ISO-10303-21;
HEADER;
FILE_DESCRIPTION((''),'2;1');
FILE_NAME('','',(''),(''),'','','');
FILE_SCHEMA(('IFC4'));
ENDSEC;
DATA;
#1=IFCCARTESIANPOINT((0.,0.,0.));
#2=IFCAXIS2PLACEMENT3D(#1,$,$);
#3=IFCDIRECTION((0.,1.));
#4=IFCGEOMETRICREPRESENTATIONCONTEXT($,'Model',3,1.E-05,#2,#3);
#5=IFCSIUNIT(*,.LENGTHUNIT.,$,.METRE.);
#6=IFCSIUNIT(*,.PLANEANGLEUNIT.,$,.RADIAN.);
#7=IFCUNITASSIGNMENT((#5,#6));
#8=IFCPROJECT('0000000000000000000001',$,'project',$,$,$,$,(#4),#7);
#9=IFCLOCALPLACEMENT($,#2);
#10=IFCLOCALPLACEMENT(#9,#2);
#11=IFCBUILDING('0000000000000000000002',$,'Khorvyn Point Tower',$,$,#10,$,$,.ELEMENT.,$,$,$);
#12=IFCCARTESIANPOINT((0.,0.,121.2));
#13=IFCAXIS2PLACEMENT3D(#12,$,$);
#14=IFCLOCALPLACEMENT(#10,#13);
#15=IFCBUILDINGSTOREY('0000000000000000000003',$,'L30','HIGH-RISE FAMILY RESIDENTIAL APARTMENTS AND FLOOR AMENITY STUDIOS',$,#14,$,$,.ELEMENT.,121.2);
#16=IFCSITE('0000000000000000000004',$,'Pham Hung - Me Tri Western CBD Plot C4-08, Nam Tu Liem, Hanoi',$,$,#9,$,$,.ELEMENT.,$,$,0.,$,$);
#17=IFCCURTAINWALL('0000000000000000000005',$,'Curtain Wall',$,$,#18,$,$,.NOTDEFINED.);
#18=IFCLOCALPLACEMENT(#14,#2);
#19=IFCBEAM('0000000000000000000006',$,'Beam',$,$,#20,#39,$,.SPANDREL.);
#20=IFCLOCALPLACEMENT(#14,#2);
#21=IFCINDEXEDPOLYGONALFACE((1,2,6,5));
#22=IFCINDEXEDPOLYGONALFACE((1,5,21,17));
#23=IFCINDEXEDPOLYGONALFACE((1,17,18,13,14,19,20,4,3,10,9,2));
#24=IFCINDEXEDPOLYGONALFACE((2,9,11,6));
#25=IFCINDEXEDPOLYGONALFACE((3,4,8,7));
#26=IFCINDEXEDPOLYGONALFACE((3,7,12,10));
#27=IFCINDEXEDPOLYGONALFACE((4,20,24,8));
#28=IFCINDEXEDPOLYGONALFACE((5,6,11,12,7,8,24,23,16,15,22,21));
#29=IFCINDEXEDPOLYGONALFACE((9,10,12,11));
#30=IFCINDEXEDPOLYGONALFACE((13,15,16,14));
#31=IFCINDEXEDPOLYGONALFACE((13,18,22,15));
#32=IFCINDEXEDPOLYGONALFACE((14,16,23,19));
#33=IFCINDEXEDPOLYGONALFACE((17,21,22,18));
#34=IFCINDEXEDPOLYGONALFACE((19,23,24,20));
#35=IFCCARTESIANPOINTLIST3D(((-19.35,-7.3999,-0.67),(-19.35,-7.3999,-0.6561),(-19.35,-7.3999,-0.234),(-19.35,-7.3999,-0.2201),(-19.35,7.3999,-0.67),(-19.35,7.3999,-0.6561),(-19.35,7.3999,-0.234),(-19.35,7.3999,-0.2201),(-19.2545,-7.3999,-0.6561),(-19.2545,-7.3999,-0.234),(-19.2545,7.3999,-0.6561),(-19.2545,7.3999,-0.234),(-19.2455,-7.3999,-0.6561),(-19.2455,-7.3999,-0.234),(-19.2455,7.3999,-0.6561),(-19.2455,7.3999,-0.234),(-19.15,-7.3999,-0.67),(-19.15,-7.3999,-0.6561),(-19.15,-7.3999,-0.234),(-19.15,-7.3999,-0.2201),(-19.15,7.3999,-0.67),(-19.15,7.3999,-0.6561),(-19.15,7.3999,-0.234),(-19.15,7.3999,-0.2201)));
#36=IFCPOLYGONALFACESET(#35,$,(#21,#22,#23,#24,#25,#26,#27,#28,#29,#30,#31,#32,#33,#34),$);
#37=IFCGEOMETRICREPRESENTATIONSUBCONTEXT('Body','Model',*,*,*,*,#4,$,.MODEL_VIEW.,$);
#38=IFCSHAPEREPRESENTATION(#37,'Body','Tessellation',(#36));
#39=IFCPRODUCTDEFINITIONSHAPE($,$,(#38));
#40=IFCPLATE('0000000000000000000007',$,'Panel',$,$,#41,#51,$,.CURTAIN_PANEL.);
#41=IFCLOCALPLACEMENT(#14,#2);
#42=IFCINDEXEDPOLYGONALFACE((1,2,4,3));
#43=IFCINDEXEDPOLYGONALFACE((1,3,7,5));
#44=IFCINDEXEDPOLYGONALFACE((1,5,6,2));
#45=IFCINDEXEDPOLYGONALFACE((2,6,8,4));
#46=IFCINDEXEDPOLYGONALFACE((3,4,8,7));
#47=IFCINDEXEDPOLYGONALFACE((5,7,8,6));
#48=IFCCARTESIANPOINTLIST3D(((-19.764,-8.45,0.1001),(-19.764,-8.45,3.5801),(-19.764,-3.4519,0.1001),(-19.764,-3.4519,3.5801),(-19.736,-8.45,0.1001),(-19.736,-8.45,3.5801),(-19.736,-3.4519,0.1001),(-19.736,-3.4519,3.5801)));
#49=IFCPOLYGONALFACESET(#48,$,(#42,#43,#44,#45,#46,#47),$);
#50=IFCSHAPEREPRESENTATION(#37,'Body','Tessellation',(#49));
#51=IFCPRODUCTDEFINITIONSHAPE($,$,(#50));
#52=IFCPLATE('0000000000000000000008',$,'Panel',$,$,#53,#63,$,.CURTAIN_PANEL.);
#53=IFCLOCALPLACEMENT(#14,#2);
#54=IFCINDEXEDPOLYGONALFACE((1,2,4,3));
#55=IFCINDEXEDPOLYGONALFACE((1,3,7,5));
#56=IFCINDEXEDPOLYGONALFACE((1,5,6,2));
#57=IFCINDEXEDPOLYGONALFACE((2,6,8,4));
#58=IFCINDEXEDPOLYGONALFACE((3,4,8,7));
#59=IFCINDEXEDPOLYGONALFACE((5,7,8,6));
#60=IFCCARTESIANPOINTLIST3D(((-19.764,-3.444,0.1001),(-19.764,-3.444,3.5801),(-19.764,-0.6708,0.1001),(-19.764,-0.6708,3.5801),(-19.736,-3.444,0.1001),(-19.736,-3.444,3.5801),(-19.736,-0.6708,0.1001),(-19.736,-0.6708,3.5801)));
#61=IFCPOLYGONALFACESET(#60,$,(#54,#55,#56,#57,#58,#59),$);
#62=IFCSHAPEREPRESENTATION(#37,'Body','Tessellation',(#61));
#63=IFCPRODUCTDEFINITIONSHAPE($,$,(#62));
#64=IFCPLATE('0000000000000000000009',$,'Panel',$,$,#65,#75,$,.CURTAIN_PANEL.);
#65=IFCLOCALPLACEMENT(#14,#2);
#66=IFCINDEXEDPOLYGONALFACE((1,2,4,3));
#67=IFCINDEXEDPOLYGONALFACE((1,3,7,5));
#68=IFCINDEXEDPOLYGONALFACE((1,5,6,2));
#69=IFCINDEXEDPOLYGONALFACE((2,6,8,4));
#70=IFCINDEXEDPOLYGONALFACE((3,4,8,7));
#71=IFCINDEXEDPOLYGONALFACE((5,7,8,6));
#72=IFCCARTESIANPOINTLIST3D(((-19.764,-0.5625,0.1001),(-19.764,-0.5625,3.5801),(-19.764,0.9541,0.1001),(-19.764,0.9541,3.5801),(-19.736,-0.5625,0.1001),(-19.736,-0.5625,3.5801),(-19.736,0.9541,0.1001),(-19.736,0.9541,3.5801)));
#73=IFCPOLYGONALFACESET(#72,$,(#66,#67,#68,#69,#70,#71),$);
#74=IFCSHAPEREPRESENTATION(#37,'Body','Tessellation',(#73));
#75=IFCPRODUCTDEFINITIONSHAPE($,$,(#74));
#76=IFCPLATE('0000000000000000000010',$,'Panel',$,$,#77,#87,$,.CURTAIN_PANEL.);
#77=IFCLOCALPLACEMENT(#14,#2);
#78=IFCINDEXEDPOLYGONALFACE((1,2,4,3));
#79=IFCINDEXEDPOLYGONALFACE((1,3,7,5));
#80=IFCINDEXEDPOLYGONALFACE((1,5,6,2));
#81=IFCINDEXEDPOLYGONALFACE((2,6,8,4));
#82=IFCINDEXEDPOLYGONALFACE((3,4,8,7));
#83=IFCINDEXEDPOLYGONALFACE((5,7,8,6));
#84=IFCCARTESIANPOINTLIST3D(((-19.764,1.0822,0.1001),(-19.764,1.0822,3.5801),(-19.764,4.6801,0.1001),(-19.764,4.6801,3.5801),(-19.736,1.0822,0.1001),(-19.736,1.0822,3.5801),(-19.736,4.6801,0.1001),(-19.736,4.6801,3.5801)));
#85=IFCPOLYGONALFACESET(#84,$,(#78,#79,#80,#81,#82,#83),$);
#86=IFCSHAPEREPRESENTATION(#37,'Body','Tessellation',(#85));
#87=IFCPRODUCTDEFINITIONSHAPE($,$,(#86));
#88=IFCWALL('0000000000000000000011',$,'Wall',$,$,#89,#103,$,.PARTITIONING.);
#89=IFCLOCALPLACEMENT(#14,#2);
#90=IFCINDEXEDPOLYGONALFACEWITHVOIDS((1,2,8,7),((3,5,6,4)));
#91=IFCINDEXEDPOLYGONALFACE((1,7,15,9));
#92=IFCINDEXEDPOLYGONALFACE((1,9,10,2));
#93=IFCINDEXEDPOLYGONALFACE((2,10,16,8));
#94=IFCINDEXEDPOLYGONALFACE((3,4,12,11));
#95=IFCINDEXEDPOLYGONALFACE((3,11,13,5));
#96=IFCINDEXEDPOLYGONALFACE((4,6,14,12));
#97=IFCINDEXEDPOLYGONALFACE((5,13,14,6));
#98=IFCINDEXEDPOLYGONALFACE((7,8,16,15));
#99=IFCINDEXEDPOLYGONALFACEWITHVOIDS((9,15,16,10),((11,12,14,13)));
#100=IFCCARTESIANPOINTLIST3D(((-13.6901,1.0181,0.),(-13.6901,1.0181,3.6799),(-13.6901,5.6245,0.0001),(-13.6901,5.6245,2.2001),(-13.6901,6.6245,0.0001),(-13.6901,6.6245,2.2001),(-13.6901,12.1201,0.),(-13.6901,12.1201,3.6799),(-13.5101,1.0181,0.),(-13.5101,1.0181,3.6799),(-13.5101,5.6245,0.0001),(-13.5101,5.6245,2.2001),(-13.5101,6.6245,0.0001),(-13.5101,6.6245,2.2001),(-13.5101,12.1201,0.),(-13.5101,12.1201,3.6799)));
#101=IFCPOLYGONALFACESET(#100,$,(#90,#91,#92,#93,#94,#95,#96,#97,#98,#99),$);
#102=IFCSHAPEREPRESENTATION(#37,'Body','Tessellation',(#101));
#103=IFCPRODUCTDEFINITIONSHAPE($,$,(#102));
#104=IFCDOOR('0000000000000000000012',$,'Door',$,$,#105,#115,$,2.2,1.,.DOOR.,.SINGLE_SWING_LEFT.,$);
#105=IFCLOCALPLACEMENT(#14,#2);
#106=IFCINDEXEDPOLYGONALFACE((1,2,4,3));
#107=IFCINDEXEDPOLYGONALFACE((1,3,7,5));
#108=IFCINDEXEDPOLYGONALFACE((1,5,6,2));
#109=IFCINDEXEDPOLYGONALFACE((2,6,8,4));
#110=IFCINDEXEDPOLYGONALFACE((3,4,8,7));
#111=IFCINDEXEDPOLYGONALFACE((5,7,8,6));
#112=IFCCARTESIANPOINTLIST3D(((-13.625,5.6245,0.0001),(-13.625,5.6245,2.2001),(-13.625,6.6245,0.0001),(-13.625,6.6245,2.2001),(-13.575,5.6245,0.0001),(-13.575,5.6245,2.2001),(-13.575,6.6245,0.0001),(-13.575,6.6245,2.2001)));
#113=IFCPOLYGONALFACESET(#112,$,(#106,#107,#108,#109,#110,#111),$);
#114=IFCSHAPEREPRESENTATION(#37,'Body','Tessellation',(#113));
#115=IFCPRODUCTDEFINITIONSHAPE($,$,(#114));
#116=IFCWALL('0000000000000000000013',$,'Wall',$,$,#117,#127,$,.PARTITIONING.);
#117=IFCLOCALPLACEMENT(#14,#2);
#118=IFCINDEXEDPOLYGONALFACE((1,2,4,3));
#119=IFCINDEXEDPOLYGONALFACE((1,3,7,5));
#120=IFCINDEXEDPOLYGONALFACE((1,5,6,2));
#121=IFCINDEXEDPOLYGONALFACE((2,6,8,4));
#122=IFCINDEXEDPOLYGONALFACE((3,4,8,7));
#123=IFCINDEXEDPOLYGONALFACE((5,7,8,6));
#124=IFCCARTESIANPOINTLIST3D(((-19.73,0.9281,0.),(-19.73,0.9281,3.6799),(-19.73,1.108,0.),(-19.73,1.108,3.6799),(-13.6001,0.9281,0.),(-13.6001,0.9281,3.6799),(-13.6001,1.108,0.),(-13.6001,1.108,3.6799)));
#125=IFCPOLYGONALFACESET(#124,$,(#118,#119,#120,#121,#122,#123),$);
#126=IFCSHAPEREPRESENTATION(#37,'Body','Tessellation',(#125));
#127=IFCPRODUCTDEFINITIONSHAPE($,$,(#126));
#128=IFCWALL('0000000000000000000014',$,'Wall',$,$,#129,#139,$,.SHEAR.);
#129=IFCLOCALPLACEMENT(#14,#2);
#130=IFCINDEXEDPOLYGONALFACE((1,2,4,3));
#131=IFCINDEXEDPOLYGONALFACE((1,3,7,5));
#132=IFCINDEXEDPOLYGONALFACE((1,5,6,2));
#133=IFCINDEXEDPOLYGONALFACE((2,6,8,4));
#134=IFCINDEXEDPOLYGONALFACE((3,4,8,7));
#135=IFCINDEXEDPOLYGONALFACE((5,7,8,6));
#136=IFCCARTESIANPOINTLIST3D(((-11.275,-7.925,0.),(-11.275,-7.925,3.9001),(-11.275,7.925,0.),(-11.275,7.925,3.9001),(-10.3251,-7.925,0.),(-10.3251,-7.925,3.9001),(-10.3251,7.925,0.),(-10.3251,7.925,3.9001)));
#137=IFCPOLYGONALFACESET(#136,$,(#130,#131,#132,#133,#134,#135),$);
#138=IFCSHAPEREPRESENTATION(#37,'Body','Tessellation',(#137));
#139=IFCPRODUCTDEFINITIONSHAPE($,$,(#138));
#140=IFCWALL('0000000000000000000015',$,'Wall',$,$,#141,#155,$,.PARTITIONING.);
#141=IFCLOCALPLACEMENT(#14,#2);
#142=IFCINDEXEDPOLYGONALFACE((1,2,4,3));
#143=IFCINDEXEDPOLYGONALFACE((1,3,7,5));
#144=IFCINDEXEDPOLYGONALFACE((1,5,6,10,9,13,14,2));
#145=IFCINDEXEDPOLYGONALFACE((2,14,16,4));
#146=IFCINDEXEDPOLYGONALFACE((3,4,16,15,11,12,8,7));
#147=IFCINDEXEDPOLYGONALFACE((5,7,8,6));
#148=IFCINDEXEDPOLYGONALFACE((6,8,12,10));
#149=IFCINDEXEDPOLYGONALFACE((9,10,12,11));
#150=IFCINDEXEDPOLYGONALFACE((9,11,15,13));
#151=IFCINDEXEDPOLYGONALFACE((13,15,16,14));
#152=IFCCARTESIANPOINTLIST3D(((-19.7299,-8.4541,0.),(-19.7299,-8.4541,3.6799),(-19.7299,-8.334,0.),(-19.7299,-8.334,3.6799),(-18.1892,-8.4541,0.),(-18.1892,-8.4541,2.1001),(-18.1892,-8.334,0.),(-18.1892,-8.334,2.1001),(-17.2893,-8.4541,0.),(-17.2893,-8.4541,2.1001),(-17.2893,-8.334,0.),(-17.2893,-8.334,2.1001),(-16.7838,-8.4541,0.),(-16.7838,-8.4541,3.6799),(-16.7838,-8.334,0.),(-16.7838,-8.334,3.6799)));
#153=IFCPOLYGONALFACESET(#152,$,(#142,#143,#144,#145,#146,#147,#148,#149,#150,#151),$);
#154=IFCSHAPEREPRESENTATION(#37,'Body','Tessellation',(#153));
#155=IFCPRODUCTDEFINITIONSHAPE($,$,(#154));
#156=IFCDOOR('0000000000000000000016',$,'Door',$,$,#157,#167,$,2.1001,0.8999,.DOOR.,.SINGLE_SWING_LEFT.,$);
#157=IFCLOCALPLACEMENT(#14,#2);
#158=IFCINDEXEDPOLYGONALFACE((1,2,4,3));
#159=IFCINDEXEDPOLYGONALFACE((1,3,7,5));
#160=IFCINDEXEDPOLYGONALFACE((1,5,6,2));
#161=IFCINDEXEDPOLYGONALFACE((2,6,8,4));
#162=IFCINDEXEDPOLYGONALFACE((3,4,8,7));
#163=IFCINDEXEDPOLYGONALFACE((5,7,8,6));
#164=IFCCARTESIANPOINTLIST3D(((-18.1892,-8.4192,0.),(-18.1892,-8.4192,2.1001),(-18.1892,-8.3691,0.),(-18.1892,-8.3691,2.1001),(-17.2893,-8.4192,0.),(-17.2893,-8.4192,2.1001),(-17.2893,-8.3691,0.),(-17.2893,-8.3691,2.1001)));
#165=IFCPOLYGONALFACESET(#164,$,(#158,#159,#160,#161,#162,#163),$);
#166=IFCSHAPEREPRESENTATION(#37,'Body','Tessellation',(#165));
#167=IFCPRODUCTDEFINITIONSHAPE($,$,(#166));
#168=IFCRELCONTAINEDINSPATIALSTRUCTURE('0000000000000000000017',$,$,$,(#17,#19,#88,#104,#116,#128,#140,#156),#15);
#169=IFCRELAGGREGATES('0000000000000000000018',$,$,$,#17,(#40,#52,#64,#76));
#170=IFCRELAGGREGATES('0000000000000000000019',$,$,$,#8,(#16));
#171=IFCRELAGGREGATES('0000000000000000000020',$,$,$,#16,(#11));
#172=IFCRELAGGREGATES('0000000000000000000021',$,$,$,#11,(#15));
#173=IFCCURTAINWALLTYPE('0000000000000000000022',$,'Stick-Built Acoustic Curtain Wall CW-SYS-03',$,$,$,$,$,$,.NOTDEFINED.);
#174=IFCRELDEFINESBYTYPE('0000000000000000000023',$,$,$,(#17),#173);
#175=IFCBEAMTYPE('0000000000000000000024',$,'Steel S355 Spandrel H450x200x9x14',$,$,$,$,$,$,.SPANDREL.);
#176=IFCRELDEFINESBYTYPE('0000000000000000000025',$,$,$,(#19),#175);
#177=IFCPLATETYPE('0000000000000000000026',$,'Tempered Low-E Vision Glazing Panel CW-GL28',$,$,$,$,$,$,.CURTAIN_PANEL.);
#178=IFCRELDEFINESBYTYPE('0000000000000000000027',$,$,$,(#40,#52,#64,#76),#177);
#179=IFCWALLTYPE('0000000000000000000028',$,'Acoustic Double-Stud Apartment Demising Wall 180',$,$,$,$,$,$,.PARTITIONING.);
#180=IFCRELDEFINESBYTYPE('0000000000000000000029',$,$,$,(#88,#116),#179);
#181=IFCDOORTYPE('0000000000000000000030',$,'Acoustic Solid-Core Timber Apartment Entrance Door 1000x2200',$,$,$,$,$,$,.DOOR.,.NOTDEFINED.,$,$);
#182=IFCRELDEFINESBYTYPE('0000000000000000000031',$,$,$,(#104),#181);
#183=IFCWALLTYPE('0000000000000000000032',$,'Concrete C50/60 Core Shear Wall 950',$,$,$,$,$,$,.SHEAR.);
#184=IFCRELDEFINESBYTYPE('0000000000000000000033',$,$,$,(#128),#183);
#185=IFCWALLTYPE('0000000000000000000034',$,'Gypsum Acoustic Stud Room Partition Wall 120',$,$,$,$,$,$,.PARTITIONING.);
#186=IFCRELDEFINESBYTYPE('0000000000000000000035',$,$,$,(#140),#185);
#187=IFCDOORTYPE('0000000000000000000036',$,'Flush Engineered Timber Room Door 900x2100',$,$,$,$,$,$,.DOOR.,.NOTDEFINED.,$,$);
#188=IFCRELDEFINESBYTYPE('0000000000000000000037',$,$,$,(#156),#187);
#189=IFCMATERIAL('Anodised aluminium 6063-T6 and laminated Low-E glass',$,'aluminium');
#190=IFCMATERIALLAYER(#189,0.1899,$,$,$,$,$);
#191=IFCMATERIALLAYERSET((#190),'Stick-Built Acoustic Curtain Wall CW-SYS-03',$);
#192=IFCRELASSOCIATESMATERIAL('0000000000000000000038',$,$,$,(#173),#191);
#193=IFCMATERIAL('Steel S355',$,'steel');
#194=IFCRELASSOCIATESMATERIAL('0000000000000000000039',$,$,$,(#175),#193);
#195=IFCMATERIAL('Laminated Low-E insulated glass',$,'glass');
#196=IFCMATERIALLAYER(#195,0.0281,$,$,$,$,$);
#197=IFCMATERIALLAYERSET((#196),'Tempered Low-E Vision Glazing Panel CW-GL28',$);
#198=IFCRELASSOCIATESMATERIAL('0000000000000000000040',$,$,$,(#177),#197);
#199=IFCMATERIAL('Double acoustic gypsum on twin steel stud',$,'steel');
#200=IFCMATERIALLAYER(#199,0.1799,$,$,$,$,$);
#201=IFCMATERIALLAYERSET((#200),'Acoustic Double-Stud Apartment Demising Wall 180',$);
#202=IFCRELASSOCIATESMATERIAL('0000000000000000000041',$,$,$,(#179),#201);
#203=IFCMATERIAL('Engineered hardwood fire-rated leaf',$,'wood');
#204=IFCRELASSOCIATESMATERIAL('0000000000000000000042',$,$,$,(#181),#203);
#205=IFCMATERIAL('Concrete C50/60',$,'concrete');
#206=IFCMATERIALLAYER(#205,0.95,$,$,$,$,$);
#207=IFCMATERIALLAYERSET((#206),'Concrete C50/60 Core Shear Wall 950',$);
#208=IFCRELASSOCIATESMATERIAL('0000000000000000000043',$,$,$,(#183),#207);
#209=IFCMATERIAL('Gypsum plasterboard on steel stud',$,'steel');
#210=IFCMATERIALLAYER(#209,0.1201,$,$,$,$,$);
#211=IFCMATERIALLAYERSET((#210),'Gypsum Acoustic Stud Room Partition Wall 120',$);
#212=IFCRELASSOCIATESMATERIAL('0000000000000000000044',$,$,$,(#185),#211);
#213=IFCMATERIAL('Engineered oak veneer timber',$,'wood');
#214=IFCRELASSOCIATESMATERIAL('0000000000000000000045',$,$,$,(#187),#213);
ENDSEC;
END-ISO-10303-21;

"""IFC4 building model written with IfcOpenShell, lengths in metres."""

from ifc_helpers import new_model, si_unit, direction, frame, frame_2d, origin, origin_2d, place, context, subcontext, project, spatial, rectangle, i_section, extrude, material, layer, layer_set, material_profile, profile_set, type_object, element, fill, aggregate, save


model = new_model("IFC4")

# Units and contexts
model_context = context("Model", 3, precision=1e-05, world=origin(), true_north=direction((0.0, 1.0)))
body_context = subcontext(model_context, "Body", "Model", "MODEL_VIEW")
ifc_project = project(units=[si_unit("LENGTHUNIT", "METRE"), si_unit("PLANEANGLEUNIT", "RADIAN")], contexts=[model_context])

# Site, building, storey
site_placement = place(None, origin())
site = spatial("IfcSite", under=ifc_project, at=site_placement, Name="Pham Hung - Me Tri Western CBD Plot C4-08, Nam Tu Liem, Hanoi", CompositionType="ELEMENT", RefElevation=0.0)
building_placement = place(site_placement, origin())
building = spatial("IfcBuilding", under=site, at=building_placement, Name="Khorvyn Point Tower", CompositionType="ELEMENT")
storey_placement = place(building_placement, frame((0.0, 0.0, 121.2)))
storey = spatial("IfcBuildingStorey", under=building, at=storey_placement, Name="L30", Description="HIGH-RISE FAMILY RESIDENTIAL APARTMENTS AND FLOOR AMENITY STUDIOS", CompositionType="ELEMENT", Elevation=121.2)

# Shared definitions
ifc_material_1 = material(Name="Concrete C50/60", Category="concrete")

# Curtain wall
ifc_material_2 = material(Name="Anodised aluminium 6063-T6 and laminated Low-E glass", Category="aluminium")
ifc_layer_1 = layer(ifc_material_2, 0.1899)
ifc_layer_set_1 = layer_set([ifc_layer_1], Name="Stick-Built Acoustic Curtain Wall CW-SYS-03")
curtain_wall_type = type_object("IfcCurtainWallType", Name="Stick-Built Acoustic Curtain Wall CW-SYS-03", PredefinedType="NOTDEFINED", material=ifc_layer_set_1)
curtain_wall_placement = place(storey_placement, origin())
curtain_wall = element("IfcCurtainWall", 1, at=curtain_wall_placement, inside=storey, type_object=curtain_wall_type, Name="Curtain Wall", PredefinedType="NOTDEFINED")

# Beam
ifc_material_3 = material(Name="Steel S355", Category="steel")
ifc_material_profile_1 = material_profile(ifc_material_3, i_section(OverallWidth=0.2, OverallDepth=0.45, WebThickness=0.009, FlangeThickness=0.0139, at=origin_2d()))
ifc_profile_set_1 = profile_set([ifc_material_profile_1], Name="Steel S355 H450x200x9x14")
beam_type_1 = type_object("IfcBeamType", Name="Steel S355 Spandrel H450x200x9x14", PredefinedType="SPANDREL", material=ifc_profile_set_1)
beam_1_placement = place(storey_placement, frame((-19.25, -7.3999, -0.4451), z_axis=(0.0, 1.0, 0.0), x_axis=(-1.0, 0.0, 0.0)))
element("IfcBeam", 2, at=beam_1_placement, inside=storey, type_object=beam_type_1, Name="Beam", PredefinedType="SPANDREL", context=body_context, shape_type="SweptSolid", body=[
    extrude(i_section(OverallWidth=0.2, OverallDepth=0.45, WebThickness=0.009, FlangeThickness=0.0139, at=origin_2d()), origin(), (0.0, 0.0, 1.0), 14.7998),
])

# Plates
ifc_material_4 = material(Name="Laminated Low-E insulated glass", Category="glass")
ifc_layer_2 = layer(ifc_material_4, 0.0281)
ifc_layer_set_2 = layer_set([ifc_layer_2], Name="Tempered Low-E Vision Glazing Panel CW-GL28")
plate_type = type_object("IfcPlateType", Name="Tempered Low-E Vision Glazing Panel CW-GL28", PredefinedType="CURTAIN_PANEL", material=ifc_layer_set_2)
plate_1_placement = place(storey_placement, frame((-19.75, -5.9509, 0.1001), z_axis=(0.0, 0.0, 1.0), x_axis=(0.0, 1.0, 0.0)))
plate_1 = element("IfcPlate", 3, at=plate_1_placement, type_object=plate_type, Name="Panel", PredefinedType="CURTAIN_PANEL", context=body_context, shape_type="SweptSolid", body=[
    extrude(rectangle(XDim=4.998, YDim=0.0281, at=origin_2d()), origin(), (0.0, 0.0, 1.0), 3.48),
])
plate_2_placement = place(storey_placement, frame((-19.75, -2.0574, 0.1001), z_axis=(0.0, 0.0, 1.0), x_axis=(0.0, 1.0, 0.0)))
plate_2 = element("IfcPlate", 4, at=plate_2_placement, type_object=plate_type, Name="Panel", PredefinedType="CURTAIN_PANEL", context=body_context, shape_type="SweptSolid", body=[
    extrude(rectangle(XDim=2.7732, YDim=0.0281, at=origin_2d()), origin(), (0.0, 0.0, 1.0), 3.48),
])
plate_3_placement = place(storey_placement, frame((-19.75, 0.1958, 0.1001), z_axis=(0.0, 0.0, 1.0), x_axis=(0.0, 1.0, 0.0)))
plate_3 = element("IfcPlate", 5, at=plate_3_placement, type_object=plate_type, Name="Panel", PredefinedType="CURTAIN_PANEL", context=body_context, shape_type="SweptSolid", body=[
    extrude(rectangle(XDim=1.5166, YDim=0.0281, at=origin_2d()), origin(), (0.0, 0.0, 1.0), 3.48),
])
plate_4_placement = place(storey_placement, frame((-19.75, 2.8811, 0.1001), z_axis=(0.0, 0.0, 1.0), x_axis=(0.0, 1.0, 0.0)))
plate_4 = element("IfcPlate", 6, at=plate_4_placement, type_object=plate_type, Name="Panel", PredefinedType="CURTAIN_PANEL", context=body_context, shape_type="SweptSolid", body=[
    extrude(rectangle(XDim=3.5979, YDim=0.0281, at=origin_2d()), origin(), (0.0, 0.0, 1.0), 3.48),
])
aggregate(curtain_wall, [plate_1, plate_2, plate_3, plate_4])

# Wall, opening, door
ifc_material_5 = material(Name="Double acoustic gypsum on twin steel stud", Category="steel")
ifc_layer_3 = layer(ifc_material_5, 0.1799)
ifc_layer_set_3 = layer_set([ifc_layer_3], Name="Acoustic Double-Stud Apartment Demising Wall 180")
wall_type_1 = type_object("IfcWallType", Name="Acoustic Double-Stud Apartment Demising Wall 180", PredefinedType="PARTITIONING", material=ifc_layer_set_3)
wall_1_placement = place(storey_placement, frame((-13.6001, 1.0181, 0.0), z_axis=(0.0, 0.0, 1.0), x_axis=(0.0, 1.0, 0.0)))
wall_1 = element("IfcWall", 7, at=wall_1_placement, inside=storey, type_object=wall_type_1, Name="Wall", PredefinedType="PARTITIONING", context=body_context, shape_type="SweptSolid", body=[
    extrude(rectangle(XDim=11.1021, YDim=0.1799, at=frame_2d((5.551, 0.0))), origin(), (0.0, 0.0, 1.0), 3.6799),
])
opening_1_placement = place(wall_1_placement, frame((4.6064, 0.0, 0.0)))
opening_1 = element("IfcOpeningElement", 8, at=opening_1_placement, cuts=wall_1, PredefinedType="OPENING", context=body_context, shape_type="SweptSolid", body=[
    extrude(rectangle(XDim=1.0, YDim=2.2, at=frame_2d((0.5, 1.1001))), frame((0.0, 0.0999, 0.0), z_axis=(0.0, -1.0, 0.0), x_axis=(1.0, 0.0, 0.0)), (0.0, 0.0, 1.0), 0.2),
])
ifc_material_6 = material(Name="Engineered hardwood fire-rated leaf", Category="wood")
door_type_1 = type_object("IfcDoorType", Name="Acoustic Solid-Core Timber Apartment Entrance Door 1000x2200", OperationType="NOTDEFINED", PredefinedType="DOOR", material=ifc_material_6)
door_1_placement = place(opening_1_placement, origin())
door_1 = element("IfcDoor", 9, at=door_1_placement, inside=storey, type_object=door_type_1, Name="Door", OperationType="SINGLE_SWING_LEFT", OverallHeight=2.2, OverallWidth=1.0, PredefinedType="DOOR", context=body_context, shape_type="SweptSolid", body=[
    extrude(rectangle(XDim=1.0, YDim=2.2, at=frame_2d((0.5, 1.1001))), frame((0.0, 0.0249, 0.0), z_axis=(0.0, -1.0, 0.0), x_axis=(1.0, 0.0, 0.0)), (0.0, 0.0, 1.0), 0.05),
])
fill(opening_1, door_1)

# Walls
wall_2_placement = place(storey_placement, frame((-19.73, 1.0181, 0.0), z_axis=(0.0, 0.0, 1.0), x_axis=(1.0, 0.0, 0.0)))
element("IfcWall", 10, at=wall_2_placement, inside=storey, type_object=wall_type_1, Name="Wall", PredefinedType="PARTITIONING", context=body_context, shape_type="SweptSolid", body=[
    extrude(rectangle(XDim=6.1299, YDim=0.1799, at=frame_2d((3.0649, 0.0))), origin(), (0.0, 0.0, 1.0), 3.6799),
])
ifc_layer_4 = layer(ifc_material_1, 0.95)
ifc_layer_set_4 = layer_set([ifc_layer_4], Name="Concrete C50/60 Core Shear Wall 950")
wall_type_2 = type_object("IfcWallType", Name="Concrete C50/60 Core Shear Wall 950", PredefinedType="SHEAR", material=ifc_layer_set_4)
wall_3_placement = place(storey_placement, frame((-10.8, -7.925, 0.0), z_axis=(0.0, 0.0, 1.0), x_axis=(0.0, 1.0, 0.0)))
element("IfcWall", 11, at=wall_3_placement, inside=storey, type_object=wall_type_2, Name="Wall", PredefinedType="SHEAR", context=body_context, shape_type="SweptSolid", body=[
    extrude(rectangle(XDim=15.8501, YDim=0.95, at=frame_2d((7.925, 0.0))), origin(), (0.0, 0.0, 1.0), 3.9001),
])

# Wall, opening, door
ifc_material_7 = material(Name="Gypsum plasterboard on steel stud", Category="steel")
ifc_layer_5 = layer(ifc_material_7, 0.1201)
ifc_layer_set_5 = layer_set([ifc_layer_5], Name="Gypsum Acoustic Stud Room Partition Wall 120")
wall_type_3 = type_object("IfcWallType", Name="Gypsum Acoustic Stud Room Partition Wall 120", PredefinedType="PARTITIONING", material=ifc_layer_set_5)
wall_4_placement = place(storey_placement, frame((-19.73, -8.394, 0.0), z_axis=(0.0, 0.0, 1.0), x_axis=(1.0, 0.0, 0.0)))
wall_4 = element("IfcWall", 12, at=wall_4_placement, inside=storey, type_object=wall_type_3, Name="Wall", PredefinedType="PARTITIONING", context=body_context, shape_type="SweptSolid", body=[
    extrude(rectangle(XDim=2.946, YDim=0.1201, at=frame_2d((1.4731, 0.0))), origin(), (0.0, 0.0, 1.0), 3.6799),
])
opening_2_placement = place(wall_4_placement, frame((1.5408, 0.0, 0.0)))
opening_2 = element("IfcOpeningElement", 13, at=opening_2_placement, cuts=wall_4, PredefinedType="OPENING", context=body_context, shape_type="SweptSolid", body=[
    extrude(rectangle(XDim=0.8999, YDim=2.1001, at=frame_2d((0.45, 1.05))), frame((0.0, 0.0701, 0.0), z_axis=(0.0, -1.0, 0.0), x_axis=(1.0, 0.0, 0.0)), (0.0, 0.0, 1.0), 0.1401),
])
ifc_material_8 = material(Name="Engineered oak veneer timber", Category="wood")
door_type_2 = type_object("IfcDoorType", Name="Flush Engineered Timber Room Door 900x2100", OperationType="NOTDEFINED", PredefinedType="DOOR", material=ifc_material_8)
door_2_placement = place(opening_2_placement, origin())
door_2 = element("IfcDoor", 14, at=door_2_placement, inside=storey, type_object=door_type_2, Name="Door", OperationType="SINGLE_SWING_LEFT", OverallHeight=2.1001, OverallWidth=0.8999, PredefinedType="DOOR", context=body_context, shape_type="SweptSolid", body=[
    extrude(rectangle(XDim=0.8999, YDim=2.1001, at=frame_2d((0.45, 1.05))), frame((0.0, 0.0249, 0.0), z_axis=(0.0, -1.0, 0.0), x_axis=(1.0, 0.0, 0.0)), (0.0, 0.0, 1.0), 0.05),
])
fill(opening_2, door_2)

save(model, "model.ifc")
